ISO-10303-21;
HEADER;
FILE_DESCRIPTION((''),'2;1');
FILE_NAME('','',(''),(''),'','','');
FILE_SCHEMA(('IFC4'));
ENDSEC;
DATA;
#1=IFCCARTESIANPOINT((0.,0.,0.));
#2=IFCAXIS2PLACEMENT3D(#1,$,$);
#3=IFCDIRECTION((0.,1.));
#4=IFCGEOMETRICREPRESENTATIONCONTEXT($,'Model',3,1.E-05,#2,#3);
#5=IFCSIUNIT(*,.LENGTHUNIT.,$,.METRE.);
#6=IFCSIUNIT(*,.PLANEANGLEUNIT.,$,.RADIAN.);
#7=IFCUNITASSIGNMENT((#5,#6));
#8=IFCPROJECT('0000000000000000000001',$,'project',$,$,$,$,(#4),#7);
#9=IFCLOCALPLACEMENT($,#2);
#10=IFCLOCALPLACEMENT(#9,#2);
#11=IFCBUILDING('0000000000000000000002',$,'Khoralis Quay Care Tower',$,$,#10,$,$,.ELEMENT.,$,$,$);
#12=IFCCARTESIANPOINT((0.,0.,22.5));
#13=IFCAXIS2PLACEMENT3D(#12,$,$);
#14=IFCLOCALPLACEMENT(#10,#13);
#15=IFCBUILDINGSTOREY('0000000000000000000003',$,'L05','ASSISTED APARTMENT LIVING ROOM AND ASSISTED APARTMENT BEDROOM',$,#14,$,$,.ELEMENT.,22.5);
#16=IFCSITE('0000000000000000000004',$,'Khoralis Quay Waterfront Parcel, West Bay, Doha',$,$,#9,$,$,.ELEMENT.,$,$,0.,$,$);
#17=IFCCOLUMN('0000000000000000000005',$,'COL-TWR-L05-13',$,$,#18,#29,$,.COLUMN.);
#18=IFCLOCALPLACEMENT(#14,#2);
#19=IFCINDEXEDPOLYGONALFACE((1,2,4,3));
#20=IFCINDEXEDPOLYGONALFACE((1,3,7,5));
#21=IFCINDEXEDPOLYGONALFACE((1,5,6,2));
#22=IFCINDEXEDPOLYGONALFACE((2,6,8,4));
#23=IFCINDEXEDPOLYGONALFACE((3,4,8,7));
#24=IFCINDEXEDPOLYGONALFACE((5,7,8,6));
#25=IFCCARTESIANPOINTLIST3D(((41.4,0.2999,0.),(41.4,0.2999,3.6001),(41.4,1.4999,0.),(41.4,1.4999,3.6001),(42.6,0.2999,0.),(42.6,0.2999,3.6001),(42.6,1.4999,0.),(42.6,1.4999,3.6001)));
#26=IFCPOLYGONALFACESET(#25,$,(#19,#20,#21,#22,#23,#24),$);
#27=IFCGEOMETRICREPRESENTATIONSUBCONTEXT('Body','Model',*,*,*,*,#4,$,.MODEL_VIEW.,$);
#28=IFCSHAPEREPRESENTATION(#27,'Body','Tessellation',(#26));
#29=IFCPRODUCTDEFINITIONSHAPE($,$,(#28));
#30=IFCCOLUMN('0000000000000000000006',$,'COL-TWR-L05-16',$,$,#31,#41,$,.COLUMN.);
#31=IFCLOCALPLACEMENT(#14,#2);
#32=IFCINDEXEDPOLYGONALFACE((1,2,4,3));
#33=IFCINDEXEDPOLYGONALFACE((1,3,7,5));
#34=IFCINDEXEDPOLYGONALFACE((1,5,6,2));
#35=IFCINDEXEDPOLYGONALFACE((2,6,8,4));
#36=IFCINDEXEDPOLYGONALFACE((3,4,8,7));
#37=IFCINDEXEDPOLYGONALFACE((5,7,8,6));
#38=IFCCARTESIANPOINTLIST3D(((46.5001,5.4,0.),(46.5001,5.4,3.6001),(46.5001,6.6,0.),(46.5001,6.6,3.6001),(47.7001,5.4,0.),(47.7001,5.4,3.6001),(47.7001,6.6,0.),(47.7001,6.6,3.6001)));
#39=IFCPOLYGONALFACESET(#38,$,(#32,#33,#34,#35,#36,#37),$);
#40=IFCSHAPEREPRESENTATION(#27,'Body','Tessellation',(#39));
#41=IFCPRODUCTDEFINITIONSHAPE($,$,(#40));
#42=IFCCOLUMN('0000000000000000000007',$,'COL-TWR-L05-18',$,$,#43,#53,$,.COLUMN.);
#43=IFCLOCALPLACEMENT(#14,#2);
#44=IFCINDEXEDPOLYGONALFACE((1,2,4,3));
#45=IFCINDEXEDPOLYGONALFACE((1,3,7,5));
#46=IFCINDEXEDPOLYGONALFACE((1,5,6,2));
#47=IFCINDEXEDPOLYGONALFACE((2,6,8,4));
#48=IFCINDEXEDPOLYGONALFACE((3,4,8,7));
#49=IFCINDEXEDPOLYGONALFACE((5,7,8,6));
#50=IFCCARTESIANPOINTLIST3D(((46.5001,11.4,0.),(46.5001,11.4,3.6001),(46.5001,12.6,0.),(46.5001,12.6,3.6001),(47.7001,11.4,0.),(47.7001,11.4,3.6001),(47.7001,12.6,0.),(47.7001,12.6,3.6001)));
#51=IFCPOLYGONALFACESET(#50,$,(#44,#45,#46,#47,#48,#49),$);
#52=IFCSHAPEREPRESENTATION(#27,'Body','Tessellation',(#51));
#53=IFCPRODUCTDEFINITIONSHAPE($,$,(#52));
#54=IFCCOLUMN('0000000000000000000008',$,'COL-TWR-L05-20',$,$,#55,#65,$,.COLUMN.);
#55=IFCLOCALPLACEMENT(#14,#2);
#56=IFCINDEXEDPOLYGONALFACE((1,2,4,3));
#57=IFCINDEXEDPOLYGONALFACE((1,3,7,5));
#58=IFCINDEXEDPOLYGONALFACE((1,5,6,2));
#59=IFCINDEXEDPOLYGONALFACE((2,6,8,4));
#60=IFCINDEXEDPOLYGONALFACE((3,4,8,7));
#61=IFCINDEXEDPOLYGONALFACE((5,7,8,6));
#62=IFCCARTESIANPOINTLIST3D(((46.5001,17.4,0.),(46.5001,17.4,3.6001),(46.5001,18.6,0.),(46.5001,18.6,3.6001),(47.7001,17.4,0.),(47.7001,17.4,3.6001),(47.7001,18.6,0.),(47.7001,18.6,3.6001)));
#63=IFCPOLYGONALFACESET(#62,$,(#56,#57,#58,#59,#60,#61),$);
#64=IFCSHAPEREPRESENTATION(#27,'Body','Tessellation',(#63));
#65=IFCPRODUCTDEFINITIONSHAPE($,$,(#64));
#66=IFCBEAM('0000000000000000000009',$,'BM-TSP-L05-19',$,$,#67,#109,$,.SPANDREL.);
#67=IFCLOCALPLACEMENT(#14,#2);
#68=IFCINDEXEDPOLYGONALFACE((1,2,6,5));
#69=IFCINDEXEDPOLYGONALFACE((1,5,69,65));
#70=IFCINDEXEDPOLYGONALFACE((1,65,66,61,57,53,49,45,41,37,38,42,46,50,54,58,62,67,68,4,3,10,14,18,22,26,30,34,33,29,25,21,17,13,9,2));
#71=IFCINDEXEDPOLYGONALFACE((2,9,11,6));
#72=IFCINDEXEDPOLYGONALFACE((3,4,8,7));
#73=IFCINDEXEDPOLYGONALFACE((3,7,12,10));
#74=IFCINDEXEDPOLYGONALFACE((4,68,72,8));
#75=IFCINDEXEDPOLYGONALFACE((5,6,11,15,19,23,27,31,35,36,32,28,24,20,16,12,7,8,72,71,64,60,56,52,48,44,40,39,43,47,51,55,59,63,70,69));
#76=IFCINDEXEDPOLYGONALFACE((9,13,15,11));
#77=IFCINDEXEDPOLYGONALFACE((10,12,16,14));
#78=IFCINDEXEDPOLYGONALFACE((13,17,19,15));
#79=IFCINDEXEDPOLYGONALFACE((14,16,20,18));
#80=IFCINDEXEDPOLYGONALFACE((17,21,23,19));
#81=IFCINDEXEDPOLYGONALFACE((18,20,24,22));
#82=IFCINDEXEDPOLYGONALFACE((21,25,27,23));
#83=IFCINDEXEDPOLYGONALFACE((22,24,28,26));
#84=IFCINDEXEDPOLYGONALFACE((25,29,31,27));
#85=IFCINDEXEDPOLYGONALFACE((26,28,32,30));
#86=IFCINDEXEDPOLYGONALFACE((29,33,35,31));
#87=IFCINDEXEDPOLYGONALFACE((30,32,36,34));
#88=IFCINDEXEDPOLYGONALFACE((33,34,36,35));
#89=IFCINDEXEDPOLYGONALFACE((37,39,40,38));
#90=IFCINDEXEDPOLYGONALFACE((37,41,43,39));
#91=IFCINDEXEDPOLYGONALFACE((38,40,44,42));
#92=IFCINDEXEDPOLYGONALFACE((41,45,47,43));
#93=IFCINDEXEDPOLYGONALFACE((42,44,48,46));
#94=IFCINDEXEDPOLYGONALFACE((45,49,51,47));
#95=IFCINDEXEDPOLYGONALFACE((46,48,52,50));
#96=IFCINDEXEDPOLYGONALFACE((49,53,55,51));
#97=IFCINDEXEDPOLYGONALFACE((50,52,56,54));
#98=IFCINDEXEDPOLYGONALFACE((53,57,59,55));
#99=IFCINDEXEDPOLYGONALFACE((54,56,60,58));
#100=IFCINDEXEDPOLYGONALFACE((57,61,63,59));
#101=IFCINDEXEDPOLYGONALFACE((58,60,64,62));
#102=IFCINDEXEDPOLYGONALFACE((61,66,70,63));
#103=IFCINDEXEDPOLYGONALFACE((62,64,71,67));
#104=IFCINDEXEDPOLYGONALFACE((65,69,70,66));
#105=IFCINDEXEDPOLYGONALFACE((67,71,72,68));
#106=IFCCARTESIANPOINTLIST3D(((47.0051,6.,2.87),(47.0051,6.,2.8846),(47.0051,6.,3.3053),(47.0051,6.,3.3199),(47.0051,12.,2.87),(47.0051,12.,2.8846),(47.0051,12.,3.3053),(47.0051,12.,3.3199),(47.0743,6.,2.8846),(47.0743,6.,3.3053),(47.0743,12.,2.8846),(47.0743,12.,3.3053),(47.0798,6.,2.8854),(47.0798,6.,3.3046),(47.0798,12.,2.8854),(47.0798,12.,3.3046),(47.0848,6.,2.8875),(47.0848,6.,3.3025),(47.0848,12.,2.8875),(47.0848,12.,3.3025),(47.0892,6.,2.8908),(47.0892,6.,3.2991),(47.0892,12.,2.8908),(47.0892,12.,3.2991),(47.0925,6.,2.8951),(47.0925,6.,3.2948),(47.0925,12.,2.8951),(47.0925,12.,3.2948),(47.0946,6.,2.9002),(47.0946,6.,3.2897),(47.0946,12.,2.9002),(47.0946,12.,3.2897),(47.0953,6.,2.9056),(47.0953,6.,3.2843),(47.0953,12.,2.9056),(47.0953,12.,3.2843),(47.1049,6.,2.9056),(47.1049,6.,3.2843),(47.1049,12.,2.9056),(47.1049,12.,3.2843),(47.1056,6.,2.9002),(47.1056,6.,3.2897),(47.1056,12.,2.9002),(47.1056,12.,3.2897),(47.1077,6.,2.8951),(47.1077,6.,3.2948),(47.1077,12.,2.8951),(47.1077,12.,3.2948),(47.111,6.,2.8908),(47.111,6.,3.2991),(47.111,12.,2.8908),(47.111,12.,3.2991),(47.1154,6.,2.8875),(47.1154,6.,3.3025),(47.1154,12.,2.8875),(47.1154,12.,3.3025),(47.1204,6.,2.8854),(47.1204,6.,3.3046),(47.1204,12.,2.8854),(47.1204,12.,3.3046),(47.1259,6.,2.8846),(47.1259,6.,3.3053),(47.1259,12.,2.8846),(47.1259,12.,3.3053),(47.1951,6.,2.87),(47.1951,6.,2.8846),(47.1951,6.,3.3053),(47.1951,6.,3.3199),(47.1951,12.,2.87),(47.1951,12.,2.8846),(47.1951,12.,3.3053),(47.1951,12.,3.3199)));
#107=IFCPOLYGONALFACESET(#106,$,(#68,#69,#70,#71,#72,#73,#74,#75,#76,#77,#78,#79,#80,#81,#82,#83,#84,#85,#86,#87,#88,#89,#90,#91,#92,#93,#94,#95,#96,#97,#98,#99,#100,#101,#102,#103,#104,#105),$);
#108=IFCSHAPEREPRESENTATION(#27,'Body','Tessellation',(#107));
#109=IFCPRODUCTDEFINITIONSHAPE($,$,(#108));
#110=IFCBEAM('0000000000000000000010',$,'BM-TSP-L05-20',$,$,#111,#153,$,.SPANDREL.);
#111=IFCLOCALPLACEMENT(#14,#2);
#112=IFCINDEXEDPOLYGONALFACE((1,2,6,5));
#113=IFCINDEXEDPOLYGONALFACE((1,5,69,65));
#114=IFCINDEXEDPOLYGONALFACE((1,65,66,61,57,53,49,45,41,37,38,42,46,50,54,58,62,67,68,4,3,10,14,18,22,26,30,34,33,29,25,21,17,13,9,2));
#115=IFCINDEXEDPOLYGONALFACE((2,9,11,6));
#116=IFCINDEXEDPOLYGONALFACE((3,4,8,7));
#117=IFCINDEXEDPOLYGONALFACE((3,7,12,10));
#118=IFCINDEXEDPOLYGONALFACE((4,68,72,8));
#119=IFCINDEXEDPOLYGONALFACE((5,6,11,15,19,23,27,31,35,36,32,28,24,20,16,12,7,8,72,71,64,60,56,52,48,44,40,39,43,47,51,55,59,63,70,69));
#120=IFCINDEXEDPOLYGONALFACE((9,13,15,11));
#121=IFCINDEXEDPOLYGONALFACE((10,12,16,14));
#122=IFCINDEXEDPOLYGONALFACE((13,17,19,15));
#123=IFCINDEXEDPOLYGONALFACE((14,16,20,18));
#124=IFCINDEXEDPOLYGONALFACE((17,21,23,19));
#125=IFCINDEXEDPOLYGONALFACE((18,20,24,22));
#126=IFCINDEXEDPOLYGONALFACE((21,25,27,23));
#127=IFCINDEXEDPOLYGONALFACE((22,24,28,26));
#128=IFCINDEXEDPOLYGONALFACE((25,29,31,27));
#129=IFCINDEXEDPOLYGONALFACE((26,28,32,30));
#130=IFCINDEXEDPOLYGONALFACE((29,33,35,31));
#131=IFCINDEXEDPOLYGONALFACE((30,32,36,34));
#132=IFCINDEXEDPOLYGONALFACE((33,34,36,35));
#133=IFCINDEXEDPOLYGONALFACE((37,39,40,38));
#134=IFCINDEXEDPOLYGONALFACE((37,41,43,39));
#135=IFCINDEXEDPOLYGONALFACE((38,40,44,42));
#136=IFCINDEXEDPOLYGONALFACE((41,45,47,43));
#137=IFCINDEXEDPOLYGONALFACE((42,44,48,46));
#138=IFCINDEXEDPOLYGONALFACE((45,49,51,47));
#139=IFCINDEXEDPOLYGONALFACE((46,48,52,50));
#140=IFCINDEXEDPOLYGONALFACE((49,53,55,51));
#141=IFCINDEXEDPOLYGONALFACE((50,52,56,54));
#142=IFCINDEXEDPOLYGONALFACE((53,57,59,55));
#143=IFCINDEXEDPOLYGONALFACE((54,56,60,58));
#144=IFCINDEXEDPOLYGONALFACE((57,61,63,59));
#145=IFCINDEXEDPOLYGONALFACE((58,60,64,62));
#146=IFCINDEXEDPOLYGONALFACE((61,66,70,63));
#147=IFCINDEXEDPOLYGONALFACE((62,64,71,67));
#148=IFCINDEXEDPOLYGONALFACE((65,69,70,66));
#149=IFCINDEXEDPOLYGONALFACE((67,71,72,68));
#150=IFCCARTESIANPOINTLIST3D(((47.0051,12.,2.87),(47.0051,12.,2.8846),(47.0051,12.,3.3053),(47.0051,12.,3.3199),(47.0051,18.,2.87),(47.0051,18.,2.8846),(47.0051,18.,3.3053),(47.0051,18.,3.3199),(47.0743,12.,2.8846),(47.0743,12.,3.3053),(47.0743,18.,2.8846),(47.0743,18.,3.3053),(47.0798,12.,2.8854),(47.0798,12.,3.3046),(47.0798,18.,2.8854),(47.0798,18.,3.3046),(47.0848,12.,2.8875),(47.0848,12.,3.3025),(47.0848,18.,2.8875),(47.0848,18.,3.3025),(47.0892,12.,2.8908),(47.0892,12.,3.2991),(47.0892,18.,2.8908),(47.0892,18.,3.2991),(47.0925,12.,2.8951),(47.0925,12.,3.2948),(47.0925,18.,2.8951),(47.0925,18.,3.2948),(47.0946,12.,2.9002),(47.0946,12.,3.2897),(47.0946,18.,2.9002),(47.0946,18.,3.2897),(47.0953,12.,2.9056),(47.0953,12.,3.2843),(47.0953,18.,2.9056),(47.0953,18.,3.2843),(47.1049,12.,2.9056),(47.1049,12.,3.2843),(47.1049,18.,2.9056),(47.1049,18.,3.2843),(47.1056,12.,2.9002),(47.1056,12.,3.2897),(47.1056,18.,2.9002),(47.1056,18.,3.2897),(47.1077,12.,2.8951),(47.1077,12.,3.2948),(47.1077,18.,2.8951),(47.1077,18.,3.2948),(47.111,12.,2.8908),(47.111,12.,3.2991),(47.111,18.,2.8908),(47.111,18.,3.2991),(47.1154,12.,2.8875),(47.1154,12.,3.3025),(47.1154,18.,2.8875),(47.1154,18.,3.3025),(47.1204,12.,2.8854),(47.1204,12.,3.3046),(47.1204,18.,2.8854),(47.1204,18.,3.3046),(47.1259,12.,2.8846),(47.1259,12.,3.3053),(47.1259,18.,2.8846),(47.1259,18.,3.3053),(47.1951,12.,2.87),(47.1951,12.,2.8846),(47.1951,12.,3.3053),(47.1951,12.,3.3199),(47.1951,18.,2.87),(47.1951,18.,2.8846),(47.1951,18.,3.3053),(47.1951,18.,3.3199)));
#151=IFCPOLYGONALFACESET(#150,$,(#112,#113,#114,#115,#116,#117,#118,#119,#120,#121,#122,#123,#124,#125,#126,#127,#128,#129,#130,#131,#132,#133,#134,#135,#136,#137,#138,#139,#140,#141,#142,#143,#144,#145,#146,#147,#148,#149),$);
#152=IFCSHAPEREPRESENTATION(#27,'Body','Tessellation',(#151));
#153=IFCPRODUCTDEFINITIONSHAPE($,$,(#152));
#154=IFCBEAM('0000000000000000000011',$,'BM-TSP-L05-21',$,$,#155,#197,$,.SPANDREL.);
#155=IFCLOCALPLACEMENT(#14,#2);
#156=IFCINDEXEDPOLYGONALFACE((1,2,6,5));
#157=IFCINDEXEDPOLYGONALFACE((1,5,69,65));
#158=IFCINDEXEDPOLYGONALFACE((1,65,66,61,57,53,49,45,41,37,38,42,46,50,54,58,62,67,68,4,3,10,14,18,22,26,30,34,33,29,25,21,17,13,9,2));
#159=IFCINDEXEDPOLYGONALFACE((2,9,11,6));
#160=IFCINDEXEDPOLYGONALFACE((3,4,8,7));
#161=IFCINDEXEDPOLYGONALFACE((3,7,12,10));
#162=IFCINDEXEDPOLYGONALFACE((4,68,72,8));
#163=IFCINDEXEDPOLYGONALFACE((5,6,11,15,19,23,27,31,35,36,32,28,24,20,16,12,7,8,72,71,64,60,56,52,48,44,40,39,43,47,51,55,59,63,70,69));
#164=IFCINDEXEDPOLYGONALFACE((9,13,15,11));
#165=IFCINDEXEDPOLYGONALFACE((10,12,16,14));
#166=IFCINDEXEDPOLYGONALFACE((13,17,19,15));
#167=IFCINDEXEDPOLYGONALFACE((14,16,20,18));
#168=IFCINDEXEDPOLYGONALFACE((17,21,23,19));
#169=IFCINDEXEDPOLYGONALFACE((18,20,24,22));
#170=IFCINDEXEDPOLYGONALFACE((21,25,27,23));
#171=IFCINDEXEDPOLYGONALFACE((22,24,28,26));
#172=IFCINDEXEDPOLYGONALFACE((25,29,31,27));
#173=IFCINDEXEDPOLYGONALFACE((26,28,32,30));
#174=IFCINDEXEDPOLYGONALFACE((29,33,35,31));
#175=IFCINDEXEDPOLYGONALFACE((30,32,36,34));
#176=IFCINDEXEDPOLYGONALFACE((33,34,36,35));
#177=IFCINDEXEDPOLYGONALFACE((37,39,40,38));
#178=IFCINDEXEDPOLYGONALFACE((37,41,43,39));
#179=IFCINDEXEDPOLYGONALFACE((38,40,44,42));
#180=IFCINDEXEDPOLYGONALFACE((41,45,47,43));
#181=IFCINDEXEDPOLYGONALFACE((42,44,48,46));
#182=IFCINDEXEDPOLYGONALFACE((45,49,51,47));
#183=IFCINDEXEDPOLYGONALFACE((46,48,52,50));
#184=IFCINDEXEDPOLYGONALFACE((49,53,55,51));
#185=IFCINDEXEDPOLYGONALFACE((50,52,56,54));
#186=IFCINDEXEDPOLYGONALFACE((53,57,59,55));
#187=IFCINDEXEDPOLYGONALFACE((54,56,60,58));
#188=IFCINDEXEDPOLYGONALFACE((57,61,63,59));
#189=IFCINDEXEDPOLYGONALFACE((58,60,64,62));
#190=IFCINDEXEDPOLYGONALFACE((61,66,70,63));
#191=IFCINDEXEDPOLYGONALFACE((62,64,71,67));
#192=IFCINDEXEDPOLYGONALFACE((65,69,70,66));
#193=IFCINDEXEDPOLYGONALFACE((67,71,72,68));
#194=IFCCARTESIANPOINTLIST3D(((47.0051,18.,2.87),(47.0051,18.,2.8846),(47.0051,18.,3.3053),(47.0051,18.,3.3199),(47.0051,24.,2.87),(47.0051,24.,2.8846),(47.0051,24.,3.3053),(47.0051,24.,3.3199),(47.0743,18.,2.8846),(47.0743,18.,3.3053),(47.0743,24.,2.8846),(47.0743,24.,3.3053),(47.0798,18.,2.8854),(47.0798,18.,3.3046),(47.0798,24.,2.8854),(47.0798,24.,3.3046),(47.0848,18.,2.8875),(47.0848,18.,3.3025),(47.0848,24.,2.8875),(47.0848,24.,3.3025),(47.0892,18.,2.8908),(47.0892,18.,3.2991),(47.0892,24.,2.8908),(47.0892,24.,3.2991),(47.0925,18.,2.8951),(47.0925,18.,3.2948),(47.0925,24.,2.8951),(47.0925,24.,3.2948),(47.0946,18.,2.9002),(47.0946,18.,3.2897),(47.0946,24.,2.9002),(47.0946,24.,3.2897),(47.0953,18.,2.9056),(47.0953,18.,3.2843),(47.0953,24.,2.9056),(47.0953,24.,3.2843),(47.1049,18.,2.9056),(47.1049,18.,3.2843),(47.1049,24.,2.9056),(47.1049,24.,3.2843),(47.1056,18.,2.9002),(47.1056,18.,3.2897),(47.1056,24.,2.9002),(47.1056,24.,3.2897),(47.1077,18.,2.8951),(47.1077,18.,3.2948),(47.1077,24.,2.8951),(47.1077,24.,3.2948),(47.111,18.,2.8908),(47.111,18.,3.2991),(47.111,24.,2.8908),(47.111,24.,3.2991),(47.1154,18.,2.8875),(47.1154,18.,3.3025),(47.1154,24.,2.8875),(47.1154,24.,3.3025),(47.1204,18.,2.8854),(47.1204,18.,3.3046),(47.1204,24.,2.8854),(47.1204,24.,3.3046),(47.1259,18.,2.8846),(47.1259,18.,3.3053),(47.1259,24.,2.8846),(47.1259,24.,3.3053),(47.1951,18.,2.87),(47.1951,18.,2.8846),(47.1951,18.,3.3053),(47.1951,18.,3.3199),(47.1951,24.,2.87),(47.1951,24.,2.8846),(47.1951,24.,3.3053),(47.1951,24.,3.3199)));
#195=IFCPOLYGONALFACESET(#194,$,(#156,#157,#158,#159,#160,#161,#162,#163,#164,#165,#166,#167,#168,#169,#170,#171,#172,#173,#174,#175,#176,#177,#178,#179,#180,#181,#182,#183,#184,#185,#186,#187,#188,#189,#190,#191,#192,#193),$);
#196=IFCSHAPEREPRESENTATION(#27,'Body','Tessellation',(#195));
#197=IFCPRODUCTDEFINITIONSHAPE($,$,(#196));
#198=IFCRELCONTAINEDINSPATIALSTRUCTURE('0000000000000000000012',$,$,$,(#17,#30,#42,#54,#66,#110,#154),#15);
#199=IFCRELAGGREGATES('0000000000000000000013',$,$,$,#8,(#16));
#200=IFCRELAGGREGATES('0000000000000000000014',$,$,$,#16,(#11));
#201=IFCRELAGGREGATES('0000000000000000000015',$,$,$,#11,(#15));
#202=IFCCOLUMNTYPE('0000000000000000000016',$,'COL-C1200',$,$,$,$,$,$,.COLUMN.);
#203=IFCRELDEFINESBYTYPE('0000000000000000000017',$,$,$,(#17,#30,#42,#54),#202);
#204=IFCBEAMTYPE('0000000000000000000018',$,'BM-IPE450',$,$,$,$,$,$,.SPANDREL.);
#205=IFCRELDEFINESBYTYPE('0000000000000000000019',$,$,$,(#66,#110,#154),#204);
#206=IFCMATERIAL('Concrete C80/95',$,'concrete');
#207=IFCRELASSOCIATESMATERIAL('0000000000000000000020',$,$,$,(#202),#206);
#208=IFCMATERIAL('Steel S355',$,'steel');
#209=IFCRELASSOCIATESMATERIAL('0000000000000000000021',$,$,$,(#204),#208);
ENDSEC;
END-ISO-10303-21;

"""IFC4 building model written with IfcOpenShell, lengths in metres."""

from ifc_helpers import new_model, si_unit, direction, frame, origin, origin_2d, place, context, subcontext, project, spatial, rectangle, i_section, extrude, source, transform, mapped, material, material_profile, profile_set, type_object, element, save


model = new_model("IFC4")

# Units and contexts
model_context = context("Model", 3, precision=1e-05, world=origin(), true_north=direction((0.0, 1.0)))
body_context = subcontext(model_context, "Body", "Model", "MODEL_VIEW")
ifc_project = project(units=[si_unit("LENGTHUNIT", "METRE"), si_unit("PLANEANGLEUNIT", "RADIAN")], contexts=[model_context])

# Site, building, storey
site_placement = place(None, origin())
site = spatial("IfcSite", under=ifc_project, at=site_placement, Name="Khoralis Quay Waterfront Parcel, West Bay, Doha", CompositionType="ELEMENT", RefElevation=0.0)
building_placement = place(site_placement, origin())
building = spatial("IfcBuilding", under=site, at=building_placement, Name="Khoralis Quay Care Tower", CompositionType="ELEMENT")
storey_placement = place(building_placement, frame((0.0, 0.0, 22.5)))
storey = spatial("IfcBuildingStorey", under=building, at=storey_placement, Name="L05", Description="ASSISTED APARTMENT LIVING ROOM AND ASSISTED APARTMENT BEDROOM", CompositionType="ELEMENT", Elevation=22.5)

# Columns
ifc_material_1 = material(Name="Concrete C80/95", Category="concrete")
ifc_material_profile_1 = material_profile(ifc_material_1, rectangle(XDim=1.2, YDim=1.2, at=origin_2d()), Name="Concrete C80/95")
ifc_profile_set_1 = profile_set([ifc_material_profile_1], Name="Concrete C80/95")
column_type = type_object("IfcColumnType", Name="COL-C1200", PredefinedType="COLUMN", material=ifc_profile_set_1)
shared_shape_1 = source(origin(), body_context, "Body", "SweptSolid", [
    extrude(rectangle(XDim=1.2, YDim=1.2, at=origin_2d()), origin(), (0.0, 0.0, 1.0), 3.6001),
])
for number, where, z_axis, x_axis, name in (
    (1, (42.0, 0.8999, 0.0), (0.0, 0.0, 1.0), (1.0, 0.0, 0.0), "COL-TWR-L05-13"),
    (2, (47.1001, 6.0, 0.0), (0.0, 0.0, 1.0), (1.0, 0.0, 0.0), "COL-TWR-L05-16"),
    (3, (47.1001, 12.0, 0.0), (0.0, 0.0, 1.0), (1.0, 0.0, 0.0), "COL-TWR-L05-18"),
    (4, (47.1001, 18.0, 0.0), (0.0, 0.0, 1.0), (1.0, 0.0, 0.0), "COL-TWR-L05-20"),
):
    element("IfcColumn", number, at=place(storey_placement, frame(where, z_axis=z_axis, x_axis=x_axis)), inside=storey, type_object=column_type, Name=name, PredefinedType="COLUMN", context=body_context, shape_type="MappedRepresentation", body=[
        mapped(shared_shape_1, transform((0.0, 0.0, 0.0), scale=1.0)),
    ])

# Beams
ifc_material_2 = material(Name="Steel S355", Category="steel")
ifc_material_profile_2 = material_profile(ifc_material_2, i_section(OverallWidth=0.1899, OverallDepth=0.45, WebThickness=0.0095, FlangeThickness=0.0146, FilletRadius=0.021, at=origin_2d()), Name="Steel S355")
ifc_profile_set_2 = profile_set([ifc_material_profile_2], Name="Steel S355")
beam_type_1 = type_object("IfcBeamType", Name="BM-IPE450", PredefinedType="SPANDREL", material=ifc_profile_set_2)
shared_shape_2 = source(origin(), body_context, "Body", "SweptSolid", [
    extrude(i_section(OverallWidth=0.1899, OverallDepth=0.45, WebThickness=0.0095, FlangeThickness=0.0146, FilletRadius=0.021, at=origin_2d()), origin(), (0.0, 0.0, 1.0), 6.0),
])
for number, where, z_axis, x_axis, name in (
    (5, (47.1001, 6.0, 3.095), (0.0, 1.0, 0.0), (-1.0, 0.0, 0.0), "BM-TSP-L05-19"),
    (6, (47.1001, 12.0, 3.095), (0.0, 1.0, 0.0), (-1.0, 0.0, 0.0), "BM-TSP-L05-20"),
    (7, (47.1001, 18.0, 3.095), (0.0, 1.0, 0.0), (-1.0, 0.0, 0.0), "BM-TSP-L05-21"),
):
    element("IfcBeam", number, at=place(storey_placement, frame(where, z_axis=z_axis, x_axis=x_axis)), inside=storey, type_object=beam_type_1, Name=name, PredefinedType="SPANDREL", context=body_context, shape_type="MappedRepresentation", body=[
        mapped(shared_shape_2, transform((0.0, 0.0, 0.0), scale=1.0)),
    ])

save(model, "model.ifc")
